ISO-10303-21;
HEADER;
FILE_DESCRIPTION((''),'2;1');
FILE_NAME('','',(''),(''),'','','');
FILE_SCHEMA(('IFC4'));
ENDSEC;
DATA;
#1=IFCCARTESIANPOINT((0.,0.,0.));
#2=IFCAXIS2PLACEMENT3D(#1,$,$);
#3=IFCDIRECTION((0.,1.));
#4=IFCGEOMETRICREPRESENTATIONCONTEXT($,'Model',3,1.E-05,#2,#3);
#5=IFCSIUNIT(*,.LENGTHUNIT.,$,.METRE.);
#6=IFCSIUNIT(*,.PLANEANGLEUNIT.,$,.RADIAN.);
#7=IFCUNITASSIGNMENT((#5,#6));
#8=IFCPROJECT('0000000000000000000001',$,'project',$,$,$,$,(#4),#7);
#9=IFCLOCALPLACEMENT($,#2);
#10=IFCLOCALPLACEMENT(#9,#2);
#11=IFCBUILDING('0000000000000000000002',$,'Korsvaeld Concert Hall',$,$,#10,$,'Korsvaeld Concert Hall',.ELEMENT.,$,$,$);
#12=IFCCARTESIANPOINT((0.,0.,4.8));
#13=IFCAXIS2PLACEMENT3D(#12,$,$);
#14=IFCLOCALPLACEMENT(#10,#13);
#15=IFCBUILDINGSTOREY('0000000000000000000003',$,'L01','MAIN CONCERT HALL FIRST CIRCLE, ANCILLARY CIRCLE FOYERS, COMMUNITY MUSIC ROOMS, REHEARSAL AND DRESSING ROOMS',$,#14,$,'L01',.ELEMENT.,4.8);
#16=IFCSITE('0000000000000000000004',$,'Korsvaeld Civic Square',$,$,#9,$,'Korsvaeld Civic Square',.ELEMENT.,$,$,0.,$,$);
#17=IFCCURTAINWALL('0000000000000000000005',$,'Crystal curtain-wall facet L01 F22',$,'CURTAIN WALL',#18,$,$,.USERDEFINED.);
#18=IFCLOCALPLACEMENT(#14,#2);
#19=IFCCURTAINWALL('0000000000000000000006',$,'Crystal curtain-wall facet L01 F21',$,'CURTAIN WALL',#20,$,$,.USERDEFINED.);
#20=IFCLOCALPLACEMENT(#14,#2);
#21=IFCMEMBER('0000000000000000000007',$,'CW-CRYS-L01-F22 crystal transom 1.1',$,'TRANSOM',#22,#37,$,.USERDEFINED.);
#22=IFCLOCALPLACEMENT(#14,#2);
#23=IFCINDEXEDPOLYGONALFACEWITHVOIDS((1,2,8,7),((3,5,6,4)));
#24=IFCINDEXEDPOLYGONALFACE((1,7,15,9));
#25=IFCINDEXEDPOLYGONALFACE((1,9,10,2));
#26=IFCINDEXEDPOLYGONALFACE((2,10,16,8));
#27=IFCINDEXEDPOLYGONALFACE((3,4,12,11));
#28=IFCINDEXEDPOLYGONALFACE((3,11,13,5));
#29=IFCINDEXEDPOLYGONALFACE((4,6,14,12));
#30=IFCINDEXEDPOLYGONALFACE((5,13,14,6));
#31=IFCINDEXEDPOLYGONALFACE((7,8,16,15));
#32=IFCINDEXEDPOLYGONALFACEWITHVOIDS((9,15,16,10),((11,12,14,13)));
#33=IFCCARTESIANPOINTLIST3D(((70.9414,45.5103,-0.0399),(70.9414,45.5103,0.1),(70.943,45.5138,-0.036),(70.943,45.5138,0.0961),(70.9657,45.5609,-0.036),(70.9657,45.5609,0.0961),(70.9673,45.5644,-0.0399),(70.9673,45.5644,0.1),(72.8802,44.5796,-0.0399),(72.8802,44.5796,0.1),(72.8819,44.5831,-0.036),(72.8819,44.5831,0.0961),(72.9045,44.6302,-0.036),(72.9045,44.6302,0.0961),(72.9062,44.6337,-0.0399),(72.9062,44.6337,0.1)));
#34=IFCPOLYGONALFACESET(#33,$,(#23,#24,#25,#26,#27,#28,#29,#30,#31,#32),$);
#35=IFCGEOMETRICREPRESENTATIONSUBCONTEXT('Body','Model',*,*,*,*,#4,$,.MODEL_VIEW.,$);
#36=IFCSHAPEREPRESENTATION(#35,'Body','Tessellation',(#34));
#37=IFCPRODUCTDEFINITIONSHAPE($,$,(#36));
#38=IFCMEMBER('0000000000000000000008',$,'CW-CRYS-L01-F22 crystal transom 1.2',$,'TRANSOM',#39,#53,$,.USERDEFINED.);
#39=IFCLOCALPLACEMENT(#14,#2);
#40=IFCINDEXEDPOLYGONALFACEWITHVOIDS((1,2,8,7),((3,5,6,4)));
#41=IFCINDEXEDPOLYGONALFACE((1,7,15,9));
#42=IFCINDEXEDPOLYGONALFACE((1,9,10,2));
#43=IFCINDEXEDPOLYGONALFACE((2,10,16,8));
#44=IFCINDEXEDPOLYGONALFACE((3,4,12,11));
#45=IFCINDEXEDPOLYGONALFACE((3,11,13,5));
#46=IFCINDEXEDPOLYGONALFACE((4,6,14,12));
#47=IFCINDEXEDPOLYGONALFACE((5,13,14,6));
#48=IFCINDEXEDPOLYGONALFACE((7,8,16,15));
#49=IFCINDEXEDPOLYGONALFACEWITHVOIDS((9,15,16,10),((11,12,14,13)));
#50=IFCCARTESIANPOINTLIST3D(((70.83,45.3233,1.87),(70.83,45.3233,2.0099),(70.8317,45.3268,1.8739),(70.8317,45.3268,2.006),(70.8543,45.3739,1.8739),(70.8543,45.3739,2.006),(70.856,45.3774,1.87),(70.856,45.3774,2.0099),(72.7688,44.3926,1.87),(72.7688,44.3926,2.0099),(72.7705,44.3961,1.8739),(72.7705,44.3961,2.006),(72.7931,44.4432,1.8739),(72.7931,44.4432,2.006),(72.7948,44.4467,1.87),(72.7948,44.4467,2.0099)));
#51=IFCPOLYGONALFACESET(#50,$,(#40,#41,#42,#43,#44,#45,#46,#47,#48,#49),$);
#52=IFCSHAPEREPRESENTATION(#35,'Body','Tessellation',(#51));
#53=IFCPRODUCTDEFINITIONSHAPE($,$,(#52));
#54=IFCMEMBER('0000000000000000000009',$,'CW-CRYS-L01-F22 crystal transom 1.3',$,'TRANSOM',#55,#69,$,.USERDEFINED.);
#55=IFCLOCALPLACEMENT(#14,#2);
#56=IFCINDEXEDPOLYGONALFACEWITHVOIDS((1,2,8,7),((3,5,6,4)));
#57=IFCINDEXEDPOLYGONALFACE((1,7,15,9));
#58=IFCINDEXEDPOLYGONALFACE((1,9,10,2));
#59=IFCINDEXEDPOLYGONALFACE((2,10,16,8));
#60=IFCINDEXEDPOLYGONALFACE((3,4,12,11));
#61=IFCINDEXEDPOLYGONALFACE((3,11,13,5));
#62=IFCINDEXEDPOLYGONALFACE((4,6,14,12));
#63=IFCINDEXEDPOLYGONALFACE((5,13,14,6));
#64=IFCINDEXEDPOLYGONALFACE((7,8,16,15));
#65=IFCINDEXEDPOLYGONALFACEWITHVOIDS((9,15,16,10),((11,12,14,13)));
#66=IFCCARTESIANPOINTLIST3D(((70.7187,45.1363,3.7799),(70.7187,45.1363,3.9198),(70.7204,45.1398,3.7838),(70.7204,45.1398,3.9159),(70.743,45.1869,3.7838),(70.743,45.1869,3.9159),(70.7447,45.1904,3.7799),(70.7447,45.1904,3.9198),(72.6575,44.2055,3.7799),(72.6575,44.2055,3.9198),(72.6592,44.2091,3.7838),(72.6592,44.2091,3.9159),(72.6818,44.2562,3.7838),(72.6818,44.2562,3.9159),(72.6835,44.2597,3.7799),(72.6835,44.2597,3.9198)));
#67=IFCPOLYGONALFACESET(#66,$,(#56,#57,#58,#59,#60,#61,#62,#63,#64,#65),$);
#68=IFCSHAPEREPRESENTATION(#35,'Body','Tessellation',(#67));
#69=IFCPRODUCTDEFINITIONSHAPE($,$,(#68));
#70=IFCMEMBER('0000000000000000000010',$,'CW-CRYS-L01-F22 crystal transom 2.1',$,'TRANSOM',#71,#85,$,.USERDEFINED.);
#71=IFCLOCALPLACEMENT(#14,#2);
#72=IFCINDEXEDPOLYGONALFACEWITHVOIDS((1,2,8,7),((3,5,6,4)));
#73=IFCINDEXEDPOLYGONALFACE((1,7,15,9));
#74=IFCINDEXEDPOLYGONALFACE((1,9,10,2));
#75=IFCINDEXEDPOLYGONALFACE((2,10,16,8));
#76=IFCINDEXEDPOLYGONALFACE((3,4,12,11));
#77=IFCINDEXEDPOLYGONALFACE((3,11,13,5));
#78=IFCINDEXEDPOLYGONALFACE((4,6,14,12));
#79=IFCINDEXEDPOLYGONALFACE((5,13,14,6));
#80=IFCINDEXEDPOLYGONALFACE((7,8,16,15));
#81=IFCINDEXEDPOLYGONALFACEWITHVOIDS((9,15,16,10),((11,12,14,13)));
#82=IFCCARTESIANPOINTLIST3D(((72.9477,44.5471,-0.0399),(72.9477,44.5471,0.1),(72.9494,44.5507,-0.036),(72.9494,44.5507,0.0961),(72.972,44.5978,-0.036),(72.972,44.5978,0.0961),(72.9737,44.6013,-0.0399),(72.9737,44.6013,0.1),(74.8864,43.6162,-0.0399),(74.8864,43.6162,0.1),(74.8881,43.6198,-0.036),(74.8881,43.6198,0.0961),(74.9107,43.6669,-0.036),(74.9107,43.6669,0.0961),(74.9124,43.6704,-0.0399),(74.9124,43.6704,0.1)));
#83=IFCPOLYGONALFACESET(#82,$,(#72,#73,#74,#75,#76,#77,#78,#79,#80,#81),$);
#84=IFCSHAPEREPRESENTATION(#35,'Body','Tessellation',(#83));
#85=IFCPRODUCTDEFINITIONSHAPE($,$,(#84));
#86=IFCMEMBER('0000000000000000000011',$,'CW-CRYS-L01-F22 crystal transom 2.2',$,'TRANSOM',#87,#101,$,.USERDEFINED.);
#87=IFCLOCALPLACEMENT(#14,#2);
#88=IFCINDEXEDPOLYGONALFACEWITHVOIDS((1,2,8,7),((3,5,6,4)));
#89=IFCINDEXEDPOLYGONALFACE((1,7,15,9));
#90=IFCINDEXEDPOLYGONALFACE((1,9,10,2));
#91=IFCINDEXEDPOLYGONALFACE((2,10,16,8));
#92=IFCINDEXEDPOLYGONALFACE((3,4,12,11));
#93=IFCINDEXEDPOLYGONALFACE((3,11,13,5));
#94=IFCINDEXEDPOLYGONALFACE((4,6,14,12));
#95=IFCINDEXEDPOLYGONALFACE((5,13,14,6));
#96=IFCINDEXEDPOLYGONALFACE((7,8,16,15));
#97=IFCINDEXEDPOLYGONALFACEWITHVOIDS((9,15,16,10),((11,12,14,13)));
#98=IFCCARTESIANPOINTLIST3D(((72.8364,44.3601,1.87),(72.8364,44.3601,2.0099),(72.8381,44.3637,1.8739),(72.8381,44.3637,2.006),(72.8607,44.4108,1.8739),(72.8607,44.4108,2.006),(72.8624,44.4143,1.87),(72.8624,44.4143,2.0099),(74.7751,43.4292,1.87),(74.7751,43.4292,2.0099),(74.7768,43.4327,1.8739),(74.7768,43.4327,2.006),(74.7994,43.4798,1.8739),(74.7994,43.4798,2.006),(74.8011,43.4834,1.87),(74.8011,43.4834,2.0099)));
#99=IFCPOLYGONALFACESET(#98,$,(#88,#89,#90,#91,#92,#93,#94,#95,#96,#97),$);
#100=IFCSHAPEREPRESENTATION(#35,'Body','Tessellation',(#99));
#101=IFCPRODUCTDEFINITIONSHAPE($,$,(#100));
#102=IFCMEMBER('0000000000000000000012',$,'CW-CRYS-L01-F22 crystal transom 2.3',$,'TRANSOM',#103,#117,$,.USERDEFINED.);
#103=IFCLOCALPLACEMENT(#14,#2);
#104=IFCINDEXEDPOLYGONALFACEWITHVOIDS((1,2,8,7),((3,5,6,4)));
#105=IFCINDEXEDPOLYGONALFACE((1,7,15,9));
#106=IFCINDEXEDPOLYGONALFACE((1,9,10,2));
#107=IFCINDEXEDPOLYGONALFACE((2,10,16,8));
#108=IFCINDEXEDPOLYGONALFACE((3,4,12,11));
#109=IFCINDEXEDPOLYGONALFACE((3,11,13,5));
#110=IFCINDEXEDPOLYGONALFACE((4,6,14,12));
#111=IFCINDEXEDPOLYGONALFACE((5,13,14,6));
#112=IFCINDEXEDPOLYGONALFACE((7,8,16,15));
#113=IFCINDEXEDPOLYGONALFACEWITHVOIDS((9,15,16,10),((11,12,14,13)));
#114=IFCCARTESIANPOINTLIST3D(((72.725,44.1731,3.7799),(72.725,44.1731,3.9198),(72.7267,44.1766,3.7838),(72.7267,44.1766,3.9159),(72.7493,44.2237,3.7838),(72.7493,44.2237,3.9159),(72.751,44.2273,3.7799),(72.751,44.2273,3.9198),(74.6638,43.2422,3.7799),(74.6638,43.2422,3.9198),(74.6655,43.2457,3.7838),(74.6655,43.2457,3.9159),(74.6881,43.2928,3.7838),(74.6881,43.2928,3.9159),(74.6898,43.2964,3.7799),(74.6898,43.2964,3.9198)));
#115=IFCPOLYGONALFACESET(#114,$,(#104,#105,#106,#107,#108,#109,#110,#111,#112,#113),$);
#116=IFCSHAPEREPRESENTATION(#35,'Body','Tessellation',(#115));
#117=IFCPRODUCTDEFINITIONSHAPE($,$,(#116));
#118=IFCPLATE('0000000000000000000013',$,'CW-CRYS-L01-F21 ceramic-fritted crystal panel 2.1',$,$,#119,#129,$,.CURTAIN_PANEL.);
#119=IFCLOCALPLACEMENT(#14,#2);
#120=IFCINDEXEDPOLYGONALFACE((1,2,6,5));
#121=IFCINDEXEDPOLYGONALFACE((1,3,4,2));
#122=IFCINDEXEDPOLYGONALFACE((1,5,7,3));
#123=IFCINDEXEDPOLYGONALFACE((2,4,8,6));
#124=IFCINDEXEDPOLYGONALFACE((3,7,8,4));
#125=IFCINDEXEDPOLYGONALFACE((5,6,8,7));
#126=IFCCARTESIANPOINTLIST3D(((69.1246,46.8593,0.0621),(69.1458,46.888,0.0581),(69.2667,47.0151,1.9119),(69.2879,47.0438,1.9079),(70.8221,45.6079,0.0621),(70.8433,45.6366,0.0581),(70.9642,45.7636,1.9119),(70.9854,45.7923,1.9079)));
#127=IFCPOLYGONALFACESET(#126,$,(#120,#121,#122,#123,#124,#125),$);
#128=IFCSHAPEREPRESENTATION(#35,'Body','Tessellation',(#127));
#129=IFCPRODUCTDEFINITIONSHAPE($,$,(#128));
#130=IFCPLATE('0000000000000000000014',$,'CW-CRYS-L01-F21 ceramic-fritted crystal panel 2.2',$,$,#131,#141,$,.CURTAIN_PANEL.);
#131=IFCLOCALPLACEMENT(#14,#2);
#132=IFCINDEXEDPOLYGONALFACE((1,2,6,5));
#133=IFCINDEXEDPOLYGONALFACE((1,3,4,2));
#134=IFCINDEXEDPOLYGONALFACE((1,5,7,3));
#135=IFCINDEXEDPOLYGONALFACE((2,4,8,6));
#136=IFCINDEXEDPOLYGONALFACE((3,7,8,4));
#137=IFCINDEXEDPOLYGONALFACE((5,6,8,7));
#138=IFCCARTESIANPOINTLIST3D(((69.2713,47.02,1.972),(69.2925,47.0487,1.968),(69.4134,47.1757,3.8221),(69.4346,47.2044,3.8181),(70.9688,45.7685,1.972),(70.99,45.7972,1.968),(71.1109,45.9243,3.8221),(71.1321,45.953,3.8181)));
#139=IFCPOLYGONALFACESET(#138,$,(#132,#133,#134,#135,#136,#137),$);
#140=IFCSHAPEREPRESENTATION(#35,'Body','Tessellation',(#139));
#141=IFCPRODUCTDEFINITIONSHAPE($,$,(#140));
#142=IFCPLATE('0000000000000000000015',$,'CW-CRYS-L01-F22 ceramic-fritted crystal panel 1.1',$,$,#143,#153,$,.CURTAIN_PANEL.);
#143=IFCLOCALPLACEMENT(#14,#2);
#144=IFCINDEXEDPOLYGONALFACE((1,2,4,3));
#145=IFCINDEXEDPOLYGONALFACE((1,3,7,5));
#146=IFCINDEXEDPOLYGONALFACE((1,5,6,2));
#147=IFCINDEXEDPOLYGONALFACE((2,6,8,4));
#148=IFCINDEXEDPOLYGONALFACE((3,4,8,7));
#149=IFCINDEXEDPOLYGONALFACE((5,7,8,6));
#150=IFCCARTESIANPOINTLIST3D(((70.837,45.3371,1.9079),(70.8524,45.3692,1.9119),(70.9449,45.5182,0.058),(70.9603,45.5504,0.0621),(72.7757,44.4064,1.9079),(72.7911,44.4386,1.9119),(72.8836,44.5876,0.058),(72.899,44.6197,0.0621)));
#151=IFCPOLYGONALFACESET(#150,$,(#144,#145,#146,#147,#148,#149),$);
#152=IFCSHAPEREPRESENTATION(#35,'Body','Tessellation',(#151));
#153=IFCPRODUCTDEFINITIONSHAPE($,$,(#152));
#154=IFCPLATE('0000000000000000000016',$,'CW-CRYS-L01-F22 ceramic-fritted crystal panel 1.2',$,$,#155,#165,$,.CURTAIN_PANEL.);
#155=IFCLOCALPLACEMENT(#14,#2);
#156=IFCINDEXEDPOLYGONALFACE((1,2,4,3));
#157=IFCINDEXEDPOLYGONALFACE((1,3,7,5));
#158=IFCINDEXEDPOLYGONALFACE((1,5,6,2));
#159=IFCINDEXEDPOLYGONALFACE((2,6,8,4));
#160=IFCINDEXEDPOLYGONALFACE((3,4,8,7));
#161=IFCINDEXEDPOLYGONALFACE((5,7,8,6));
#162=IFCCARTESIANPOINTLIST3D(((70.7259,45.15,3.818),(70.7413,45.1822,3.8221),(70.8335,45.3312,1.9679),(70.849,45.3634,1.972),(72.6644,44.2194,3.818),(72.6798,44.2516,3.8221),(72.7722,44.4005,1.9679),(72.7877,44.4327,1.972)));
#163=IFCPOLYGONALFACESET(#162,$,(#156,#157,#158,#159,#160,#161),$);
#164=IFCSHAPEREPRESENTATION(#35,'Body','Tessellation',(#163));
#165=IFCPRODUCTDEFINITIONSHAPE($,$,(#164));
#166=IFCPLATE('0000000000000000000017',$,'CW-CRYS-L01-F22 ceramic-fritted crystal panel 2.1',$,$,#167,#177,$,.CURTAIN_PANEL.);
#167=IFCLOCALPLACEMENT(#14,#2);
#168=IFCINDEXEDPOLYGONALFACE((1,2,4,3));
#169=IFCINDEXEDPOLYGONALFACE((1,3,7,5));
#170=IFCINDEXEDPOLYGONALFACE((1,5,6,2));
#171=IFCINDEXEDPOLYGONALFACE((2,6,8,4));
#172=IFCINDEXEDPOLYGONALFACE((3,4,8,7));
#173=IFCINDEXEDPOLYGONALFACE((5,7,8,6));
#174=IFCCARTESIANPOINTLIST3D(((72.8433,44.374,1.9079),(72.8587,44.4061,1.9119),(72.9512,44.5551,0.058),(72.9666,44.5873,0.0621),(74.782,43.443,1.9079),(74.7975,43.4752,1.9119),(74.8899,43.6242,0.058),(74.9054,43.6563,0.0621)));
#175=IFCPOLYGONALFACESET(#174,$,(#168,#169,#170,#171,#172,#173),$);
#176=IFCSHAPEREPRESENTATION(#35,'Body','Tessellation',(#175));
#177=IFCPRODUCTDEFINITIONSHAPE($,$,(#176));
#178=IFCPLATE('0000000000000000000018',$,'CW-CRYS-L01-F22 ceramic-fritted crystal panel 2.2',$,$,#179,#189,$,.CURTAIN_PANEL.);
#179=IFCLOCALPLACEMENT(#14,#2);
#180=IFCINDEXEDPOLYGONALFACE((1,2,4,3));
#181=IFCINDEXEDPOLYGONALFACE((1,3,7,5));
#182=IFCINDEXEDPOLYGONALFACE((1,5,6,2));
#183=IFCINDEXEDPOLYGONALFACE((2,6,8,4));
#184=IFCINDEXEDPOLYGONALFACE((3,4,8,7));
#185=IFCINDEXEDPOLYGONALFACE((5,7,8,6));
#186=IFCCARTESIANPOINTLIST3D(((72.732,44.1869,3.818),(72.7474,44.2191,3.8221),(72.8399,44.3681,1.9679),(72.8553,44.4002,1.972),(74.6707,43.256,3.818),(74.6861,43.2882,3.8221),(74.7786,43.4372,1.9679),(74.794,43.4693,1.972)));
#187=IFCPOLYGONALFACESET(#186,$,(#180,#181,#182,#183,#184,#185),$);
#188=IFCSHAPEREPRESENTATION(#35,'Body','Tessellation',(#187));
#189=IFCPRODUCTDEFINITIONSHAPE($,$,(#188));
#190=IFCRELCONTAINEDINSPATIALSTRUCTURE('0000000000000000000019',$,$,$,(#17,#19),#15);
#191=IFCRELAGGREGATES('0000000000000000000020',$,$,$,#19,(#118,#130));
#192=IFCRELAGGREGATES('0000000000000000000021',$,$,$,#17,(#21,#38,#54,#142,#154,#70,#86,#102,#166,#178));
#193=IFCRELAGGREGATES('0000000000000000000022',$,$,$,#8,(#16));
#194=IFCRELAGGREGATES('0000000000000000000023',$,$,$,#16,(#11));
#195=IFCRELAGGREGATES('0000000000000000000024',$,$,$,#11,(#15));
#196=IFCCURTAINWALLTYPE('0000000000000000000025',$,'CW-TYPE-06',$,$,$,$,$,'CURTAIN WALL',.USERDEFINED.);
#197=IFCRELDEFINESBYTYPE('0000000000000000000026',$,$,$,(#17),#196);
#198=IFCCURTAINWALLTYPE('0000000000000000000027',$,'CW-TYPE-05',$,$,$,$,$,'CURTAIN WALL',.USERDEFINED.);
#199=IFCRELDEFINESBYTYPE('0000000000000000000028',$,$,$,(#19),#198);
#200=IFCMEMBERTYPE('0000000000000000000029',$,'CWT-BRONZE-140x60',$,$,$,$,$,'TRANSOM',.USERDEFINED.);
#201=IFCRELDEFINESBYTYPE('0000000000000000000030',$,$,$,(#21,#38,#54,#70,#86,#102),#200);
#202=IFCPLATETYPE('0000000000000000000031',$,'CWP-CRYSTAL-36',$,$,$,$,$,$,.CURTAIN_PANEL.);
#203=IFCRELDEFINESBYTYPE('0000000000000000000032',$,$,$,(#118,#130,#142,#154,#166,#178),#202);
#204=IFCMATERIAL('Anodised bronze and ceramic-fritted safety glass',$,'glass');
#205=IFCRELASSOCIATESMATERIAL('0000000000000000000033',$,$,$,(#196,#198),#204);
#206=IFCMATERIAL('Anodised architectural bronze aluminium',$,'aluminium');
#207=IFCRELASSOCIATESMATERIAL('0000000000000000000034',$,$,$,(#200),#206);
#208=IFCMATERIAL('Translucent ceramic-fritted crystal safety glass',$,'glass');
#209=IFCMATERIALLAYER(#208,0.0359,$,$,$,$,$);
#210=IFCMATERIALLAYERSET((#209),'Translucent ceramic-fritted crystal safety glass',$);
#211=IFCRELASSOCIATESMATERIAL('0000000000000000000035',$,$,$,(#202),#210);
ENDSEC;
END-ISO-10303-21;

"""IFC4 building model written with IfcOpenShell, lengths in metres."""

from ifc_helpers import new_model, si_unit, direction, frame, origin, origin_2d, place, context, subcontext, project, spatial, polyline, hollow_rectangle, outline, extrude, material, layer, layer_set, material_profile, profile_set, type_object, element, aggregate, save


model = new_model("IFC4")

# Units and contexts
model_context = context("Model", 3, precision=1e-05, world=origin(), true_north=direction((0.0, 1.0)))
body_context = subcontext(model_context, "Body", "Model", "MODEL_VIEW")
ifc_project = project(units=[si_unit("LENGTHUNIT", "METRE"), si_unit("PLANEANGLEUNIT", "RADIAN")], contexts=[model_context])

# Site, building, storey
site_placement = place(None, origin())
site = spatial("IfcSite", under=ifc_project, at=site_placement, Name="Korsvaeld Civic Square", LongName="Korsvaeld Civic Square", CompositionType="ELEMENT", RefElevation=0.0)
building_placement = place(site_placement, origin())
building = spatial("IfcBuilding", under=site, at=building_placement, Name="Korsvaeld Concert Hall", LongName="Korsvaeld Concert Hall", CompositionType="ELEMENT")
storey_placement = place(building_placement, frame((0.0, 0.0, 4.8)))
storey = spatial("IfcBuildingStorey", under=building, at=storey_placement, Name="L01", Description="MAIN CONCERT HALL FIRST CIRCLE, ANCILLARY CIRCLE FOYERS, COMMUNITY MUSIC ROOMS, REHEARSAL AND DRESSING ROOMS", LongName="L01", CompositionType="ELEMENT", Elevation=4.8)

# Curtain walls
ifc_material_1 = material(Name="Anodised bronze and ceramic-fritted safety glass", Category="glass")
curtain_wall_type_1 = type_object("IfcCurtainWallType", Name="CW-TYPE-06", ElementType="CURTAIN WALL", PredefinedType="USERDEFINED", material=ifc_material_1)
curtain_wall_1_placement = place(storey_placement, origin())
curtain_wall_1 = element("IfcCurtainWall", 1, at=curtain_wall_1_placement, inside=storey, type_object=curtain_wall_type_1, Name="Crystal curtain-wall facet L01 F22", ObjectType="CURTAIN WALL", PredefinedType="USERDEFINED")
ifc_material_2 = material(Name="Anodised architectural bronze aluminium", Category="aluminium")
curtain_wall_type_2 = type_object("IfcCurtainWallType", Name="CW-TYPE-05", ElementType="CURTAIN WALL", PredefinedType="USERDEFINED", material=ifc_material_1)
curtain_wall_2_placement = place(storey_placement, origin())
curtain_wall_2 = element("IfcCurtainWall", 2, at=curtain_wall_2_placement, inside=storey, type_object=curtain_wall_type_2, Name="Crystal curtain-wall facet L01 F21", ObjectType="CURTAIN WALL", PredefinedType="USERDEFINED")
ifc_material_profile_1 = material_profile(ifc_material_2, hollow_rectangle(XDim=0.0601, YDim=0.1399, WallThickness=0.0039, at=origin_2d()), Name="CWT 140x60x4")
ifc_profile_set_1 = profile_set([ifc_material_profile_1], Name="Anodised architectural bronze aluminium")
member_type_1 = type_object("IfcMemberType", Name="CWT-BRONZE-140x60", ElementType="TRANSOM", PredefinedType="USERDEFINED", material=ifc_profile_set_1)

# Members
member_1_placement = place(storey_placement, frame((70.9543, 45.5374, 0.03), z_axis=(0.901509, -0.432761, 0.0), x_axis=(0.432761, 0.901509, 0.0)))
member_1 = element("IfcMember", 3, at=member_1_placement, type_object=member_type_1, Name="CW-CRYS-L01-F22 crystal transom 1.1", ObjectType="TRANSOM", PredefinedType="USERDEFINED", context=body_context, shape_type="SweptSolid", body=[
    extrude(hollow_rectangle(XDim=0.0601, YDim=0.1399, WallThickness=0.0039, at=origin_2d()), origin(), (0.0, 0.0, 1.0), 2.1506),
])
member_2_placement = place(storey_placement, frame((70.843, 45.3503, 1.9399), z_axis=(0.901509, -0.432761, 0.0), x_axis=(0.432761, 0.901509, 0.0)))
member_2 = element("IfcMember", 4, at=member_2_placement, type_object=member_type_1, Name="CW-CRYS-L01-F22 crystal transom 1.2", ObjectType="TRANSOM", PredefinedType="USERDEFINED", context=body_context, shape_type="SweptSolid", body=[
    extrude(hollow_rectangle(XDim=0.0601, YDim=0.1399, WallThickness=0.0039, at=origin_2d()), origin(), (0.0, 0.0, 1.0), 2.1506),
])
member_3_placement = place(storey_placement, frame((70.7317, 45.1633, 3.8499), z_axis=(0.901509, -0.432761, 0.0), x_axis=(0.432761, 0.901509, 0.0)))
member_3 = element("IfcMember", 5, at=member_3_placement, type_object=member_type_1, Name="CW-CRYS-L01-F22 crystal transom 1.3", ObjectType="TRANSOM", PredefinedType="USERDEFINED", context=body_context, shape_type="SweptSolid", body=[
    extrude(hollow_rectangle(XDim=0.0601, YDim=0.1399, WallThickness=0.0039, at=origin_2d()), origin(), (0.0, 0.0, 1.0), 2.1506),
])
member_4_placement = place(storey_placement, frame((72.9607, 44.5742, 0.03), z_axis=(0.901465, -0.432853, 0.0), x_axis=(0.432853, 0.901465, 0.0)))
member_4 = element("IfcMember", 6, at=member_4_placement, type_object=member_type_1, Name="CW-CRYS-L01-F22 crystal transom 2.1", ObjectType="TRANSOM", PredefinedType="USERDEFINED", context=body_context, shape_type="SweptSolid", body=[
    extrude(hollow_rectangle(XDim=0.0601, YDim=0.1399, WallThickness=0.0039, at=origin_2d()), origin(), (0.0, 0.0, 1.0), 2.1506),
])
member_5_placement = place(storey_placement, frame((72.8494, 44.3872, 1.9399), z_axis=(0.901465, -0.432853, 0.0), x_axis=(0.432853, 0.901465, 0.0)))
member_5 = element("IfcMember", 7, at=member_5_placement, type_object=member_type_1, Name="CW-CRYS-L01-F22 crystal transom 2.2", ObjectType="TRANSOM", PredefinedType="USERDEFINED", context=body_context, shape_type="SweptSolid", body=[
    extrude(hollow_rectangle(XDim=0.0601, YDim=0.1399, WallThickness=0.0039, at=origin_2d()), origin(), (0.0, 0.0, 1.0), 2.1506),
])
member_6_placement = place(storey_placement, frame((72.738, 44.2002, 3.8499), z_axis=(0.901465, -0.432853, 0.0), x_axis=(0.432853, 0.901465, 0.0)))
member_6 = element("IfcMember", 8, at=member_6_placement, type_object=member_type_1, Name="CW-CRYS-L01-F22 crystal transom 2.3", ObjectType="TRANSOM", PredefinedType="USERDEFINED", context=body_context, shape_type="SweptSolid", body=[
    extrude(hollow_rectangle(XDim=0.0601, YDim=0.1399, WallThickness=0.0039, at=origin_2d()), origin(), (0.0, 0.0, 1.0), 2.1506),
])

# Plates
ifc_material_3 = material(Name="Translucent ceramic-fritted crystal safety glass", Category="glass")
ifc_layer_1 = layer(ifc_material_3, 0.0359)
ifc_layer_set_1 = layer_set([ifc_layer_1], Name="Translucent ceramic-fritted crystal safety glass")
plate_type = type_object("IfcPlateType", Name="CWP-CRYSTAL-36", PredefinedType="CURTAIN_PANEL", material=ifc_layer_set_1)
plate_1_placement = place(storey_placement, frame((69.1353, 46.8738, 0.0601), z_axis=(-0.589628, -0.799783, 0.112634), x_axis=(0.804905, -0.593404, 0.0)))
plate_1 = element("IfcPlate", 9, at=plate_1_placement, type_object=plate_type, Name="CW-CRYS-L01-F21 ceramic-fritted crystal panel 2.1", PredefinedType="CURTAIN_PANEL", context=body_context, shape_type="SweptSolid", body=[
    extrude(outline(polyline([(0.0, 0.0), (2.109, 0.0), (2.1309, 1.8617), (0.0219, 1.8617), (0.0, 0.0)])), frame((0.0, 0.0, 0.0181)), (0.0, 0.0, -1.0), 0.0359),
])
plate_2_placement = place(storey_placement, frame((69.282, 47.0344, 1.97), z_axis=(-0.589629, -0.799784, 0.112619), x_axis=(0.804905, -0.593404, 0.0)))
plate_2 = element("IfcPlate", 10, at=plate_2_placement, type_object=plate_type, Name="CW-CRYS-L01-F21 ceramic-fritted crystal panel 2.2", PredefinedType="CURTAIN_PANEL", context=body_context, shape_type="SweptSolid", body=[
    extrude(outline(polyline([(0.0, 0.0), (2.109, 0.0), (2.1309, 1.8619), (0.0219, 1.8619), (0.0, 0.0)])), frame((0.0, 0.0, 0.0181)), (0.0, 0.0, -1.0), 0.0359),
])
aggregate(curtain_wall_2, [plate_1, plate_2])
plate_3_placement = place(storey_placement, frame((70.9526, 45.5344, 0.0601), z_axis=(-0.429998, -0.895755, -0.112803), x_axis=(0.901509, -0.432761, 0.0)))
plate_3 = element("IfcPlate", 11, at=plate_3_placement, type_object=plate_type, Name="CW-CRYS-L01-F22 ceramic-fritted crystal panel 1.1", PredefinedType="CURTAIN_PANEL", context=body_context, shape_type="SweptSolid", body=[
    extrude(outline(polyline([(0.0, 0.0), (2.1505, 0.0), (2.1316, 1.8617), (-0.0189, 1.8617), (0.0, 0.0)])), frame((0.0, 0.0, 0.0181)), (0.0, 0.0, -1.0), 0.0359),
])
plate_4_placement = place(storey_placement, frame((70.8413, 45.3474, 1.97), z_axis=(-0.430023, -0.895749, -0.112761), x_axis=(0.901498, -0.432782, -0.000003)))
plate_4 = element("IfcPlate", 12, at=plate_4_placement, type_object=plate_type, Name="CW-CRYS-L01-F22 ceramic-fritted crystal panel 1.2", PredefinedType="CURTAIN_PANEL", context=body_context, shape_type="SweptSolid", body=[
    extrude(outline(polyline([(0.0, 0.0), (2.1505, 0.0), (2.1316, 1.862), (-0.0187, 1.862), (0.0, 0.0)])), frame((0.0, 0.0, 0.0181)), (0.0, 0.0, -1.0), 0.0359),
])
plate_5_placement = place(storey_placement, frame((72.959, 44.5713, 0.0601), z_axis=(-0.43009, -0.895711, -0.112804), x_axis=(0.901465, -0.432853, 0.0)))
plate_5 = element("IfcPlate", 13, at=plate_5_placement, type_object=plate_type, Name="CW-CRYS-L01-F22 ceramic-fritted crystal panel 2.1", PredefinedType="CURTAIN_PANEL", context=body_context, shape_type="SweptSolid", body=[
    extrude(outline(polyline([(0.0, 0.0), (2.1506, 0.0), (2.1318, 1.8617), (-0.0189, 1.8617), (0.0, 0.0)])), frame((0.0, 0.0, 0.0181)), (0.0, 0.0, -1.0), 0.0359),
])
plate_6_placement = place(storey_placement, frame((72.8477, 44.3843, 1.97), z_axis=(-0.430091, -0.895712, -0.112789), x_axis=(0.901465, -0.432853, 0.0)))
plate_6 = element("IfcPlate", 14, at=plate_6_placement, type_object=plate_type, Name="CW-CRYS-L01-F22 ceramic-fritted crystal panel 2.2", PredefinedType="CURTAIN_PANEL", context=body_context, shape_type="SweptSolid", body=[
    extrude(outline(polyline([(0.0, 0.0), (2.1506, 0.0), (2.1318, 1.862), (-0.0189, 1.862), (0.0, 0.0)])), frame((0.0, 0.0, 0.0181)), (0.0, 0.0, -1.0), 0.0359),
])
aggregate(curtain_wall_1, [member_1, member_2, member_3, plate_3, plate_4, member_4, member_5, member_6, plate_5, plate_6])

save(model, "model.ifc")
